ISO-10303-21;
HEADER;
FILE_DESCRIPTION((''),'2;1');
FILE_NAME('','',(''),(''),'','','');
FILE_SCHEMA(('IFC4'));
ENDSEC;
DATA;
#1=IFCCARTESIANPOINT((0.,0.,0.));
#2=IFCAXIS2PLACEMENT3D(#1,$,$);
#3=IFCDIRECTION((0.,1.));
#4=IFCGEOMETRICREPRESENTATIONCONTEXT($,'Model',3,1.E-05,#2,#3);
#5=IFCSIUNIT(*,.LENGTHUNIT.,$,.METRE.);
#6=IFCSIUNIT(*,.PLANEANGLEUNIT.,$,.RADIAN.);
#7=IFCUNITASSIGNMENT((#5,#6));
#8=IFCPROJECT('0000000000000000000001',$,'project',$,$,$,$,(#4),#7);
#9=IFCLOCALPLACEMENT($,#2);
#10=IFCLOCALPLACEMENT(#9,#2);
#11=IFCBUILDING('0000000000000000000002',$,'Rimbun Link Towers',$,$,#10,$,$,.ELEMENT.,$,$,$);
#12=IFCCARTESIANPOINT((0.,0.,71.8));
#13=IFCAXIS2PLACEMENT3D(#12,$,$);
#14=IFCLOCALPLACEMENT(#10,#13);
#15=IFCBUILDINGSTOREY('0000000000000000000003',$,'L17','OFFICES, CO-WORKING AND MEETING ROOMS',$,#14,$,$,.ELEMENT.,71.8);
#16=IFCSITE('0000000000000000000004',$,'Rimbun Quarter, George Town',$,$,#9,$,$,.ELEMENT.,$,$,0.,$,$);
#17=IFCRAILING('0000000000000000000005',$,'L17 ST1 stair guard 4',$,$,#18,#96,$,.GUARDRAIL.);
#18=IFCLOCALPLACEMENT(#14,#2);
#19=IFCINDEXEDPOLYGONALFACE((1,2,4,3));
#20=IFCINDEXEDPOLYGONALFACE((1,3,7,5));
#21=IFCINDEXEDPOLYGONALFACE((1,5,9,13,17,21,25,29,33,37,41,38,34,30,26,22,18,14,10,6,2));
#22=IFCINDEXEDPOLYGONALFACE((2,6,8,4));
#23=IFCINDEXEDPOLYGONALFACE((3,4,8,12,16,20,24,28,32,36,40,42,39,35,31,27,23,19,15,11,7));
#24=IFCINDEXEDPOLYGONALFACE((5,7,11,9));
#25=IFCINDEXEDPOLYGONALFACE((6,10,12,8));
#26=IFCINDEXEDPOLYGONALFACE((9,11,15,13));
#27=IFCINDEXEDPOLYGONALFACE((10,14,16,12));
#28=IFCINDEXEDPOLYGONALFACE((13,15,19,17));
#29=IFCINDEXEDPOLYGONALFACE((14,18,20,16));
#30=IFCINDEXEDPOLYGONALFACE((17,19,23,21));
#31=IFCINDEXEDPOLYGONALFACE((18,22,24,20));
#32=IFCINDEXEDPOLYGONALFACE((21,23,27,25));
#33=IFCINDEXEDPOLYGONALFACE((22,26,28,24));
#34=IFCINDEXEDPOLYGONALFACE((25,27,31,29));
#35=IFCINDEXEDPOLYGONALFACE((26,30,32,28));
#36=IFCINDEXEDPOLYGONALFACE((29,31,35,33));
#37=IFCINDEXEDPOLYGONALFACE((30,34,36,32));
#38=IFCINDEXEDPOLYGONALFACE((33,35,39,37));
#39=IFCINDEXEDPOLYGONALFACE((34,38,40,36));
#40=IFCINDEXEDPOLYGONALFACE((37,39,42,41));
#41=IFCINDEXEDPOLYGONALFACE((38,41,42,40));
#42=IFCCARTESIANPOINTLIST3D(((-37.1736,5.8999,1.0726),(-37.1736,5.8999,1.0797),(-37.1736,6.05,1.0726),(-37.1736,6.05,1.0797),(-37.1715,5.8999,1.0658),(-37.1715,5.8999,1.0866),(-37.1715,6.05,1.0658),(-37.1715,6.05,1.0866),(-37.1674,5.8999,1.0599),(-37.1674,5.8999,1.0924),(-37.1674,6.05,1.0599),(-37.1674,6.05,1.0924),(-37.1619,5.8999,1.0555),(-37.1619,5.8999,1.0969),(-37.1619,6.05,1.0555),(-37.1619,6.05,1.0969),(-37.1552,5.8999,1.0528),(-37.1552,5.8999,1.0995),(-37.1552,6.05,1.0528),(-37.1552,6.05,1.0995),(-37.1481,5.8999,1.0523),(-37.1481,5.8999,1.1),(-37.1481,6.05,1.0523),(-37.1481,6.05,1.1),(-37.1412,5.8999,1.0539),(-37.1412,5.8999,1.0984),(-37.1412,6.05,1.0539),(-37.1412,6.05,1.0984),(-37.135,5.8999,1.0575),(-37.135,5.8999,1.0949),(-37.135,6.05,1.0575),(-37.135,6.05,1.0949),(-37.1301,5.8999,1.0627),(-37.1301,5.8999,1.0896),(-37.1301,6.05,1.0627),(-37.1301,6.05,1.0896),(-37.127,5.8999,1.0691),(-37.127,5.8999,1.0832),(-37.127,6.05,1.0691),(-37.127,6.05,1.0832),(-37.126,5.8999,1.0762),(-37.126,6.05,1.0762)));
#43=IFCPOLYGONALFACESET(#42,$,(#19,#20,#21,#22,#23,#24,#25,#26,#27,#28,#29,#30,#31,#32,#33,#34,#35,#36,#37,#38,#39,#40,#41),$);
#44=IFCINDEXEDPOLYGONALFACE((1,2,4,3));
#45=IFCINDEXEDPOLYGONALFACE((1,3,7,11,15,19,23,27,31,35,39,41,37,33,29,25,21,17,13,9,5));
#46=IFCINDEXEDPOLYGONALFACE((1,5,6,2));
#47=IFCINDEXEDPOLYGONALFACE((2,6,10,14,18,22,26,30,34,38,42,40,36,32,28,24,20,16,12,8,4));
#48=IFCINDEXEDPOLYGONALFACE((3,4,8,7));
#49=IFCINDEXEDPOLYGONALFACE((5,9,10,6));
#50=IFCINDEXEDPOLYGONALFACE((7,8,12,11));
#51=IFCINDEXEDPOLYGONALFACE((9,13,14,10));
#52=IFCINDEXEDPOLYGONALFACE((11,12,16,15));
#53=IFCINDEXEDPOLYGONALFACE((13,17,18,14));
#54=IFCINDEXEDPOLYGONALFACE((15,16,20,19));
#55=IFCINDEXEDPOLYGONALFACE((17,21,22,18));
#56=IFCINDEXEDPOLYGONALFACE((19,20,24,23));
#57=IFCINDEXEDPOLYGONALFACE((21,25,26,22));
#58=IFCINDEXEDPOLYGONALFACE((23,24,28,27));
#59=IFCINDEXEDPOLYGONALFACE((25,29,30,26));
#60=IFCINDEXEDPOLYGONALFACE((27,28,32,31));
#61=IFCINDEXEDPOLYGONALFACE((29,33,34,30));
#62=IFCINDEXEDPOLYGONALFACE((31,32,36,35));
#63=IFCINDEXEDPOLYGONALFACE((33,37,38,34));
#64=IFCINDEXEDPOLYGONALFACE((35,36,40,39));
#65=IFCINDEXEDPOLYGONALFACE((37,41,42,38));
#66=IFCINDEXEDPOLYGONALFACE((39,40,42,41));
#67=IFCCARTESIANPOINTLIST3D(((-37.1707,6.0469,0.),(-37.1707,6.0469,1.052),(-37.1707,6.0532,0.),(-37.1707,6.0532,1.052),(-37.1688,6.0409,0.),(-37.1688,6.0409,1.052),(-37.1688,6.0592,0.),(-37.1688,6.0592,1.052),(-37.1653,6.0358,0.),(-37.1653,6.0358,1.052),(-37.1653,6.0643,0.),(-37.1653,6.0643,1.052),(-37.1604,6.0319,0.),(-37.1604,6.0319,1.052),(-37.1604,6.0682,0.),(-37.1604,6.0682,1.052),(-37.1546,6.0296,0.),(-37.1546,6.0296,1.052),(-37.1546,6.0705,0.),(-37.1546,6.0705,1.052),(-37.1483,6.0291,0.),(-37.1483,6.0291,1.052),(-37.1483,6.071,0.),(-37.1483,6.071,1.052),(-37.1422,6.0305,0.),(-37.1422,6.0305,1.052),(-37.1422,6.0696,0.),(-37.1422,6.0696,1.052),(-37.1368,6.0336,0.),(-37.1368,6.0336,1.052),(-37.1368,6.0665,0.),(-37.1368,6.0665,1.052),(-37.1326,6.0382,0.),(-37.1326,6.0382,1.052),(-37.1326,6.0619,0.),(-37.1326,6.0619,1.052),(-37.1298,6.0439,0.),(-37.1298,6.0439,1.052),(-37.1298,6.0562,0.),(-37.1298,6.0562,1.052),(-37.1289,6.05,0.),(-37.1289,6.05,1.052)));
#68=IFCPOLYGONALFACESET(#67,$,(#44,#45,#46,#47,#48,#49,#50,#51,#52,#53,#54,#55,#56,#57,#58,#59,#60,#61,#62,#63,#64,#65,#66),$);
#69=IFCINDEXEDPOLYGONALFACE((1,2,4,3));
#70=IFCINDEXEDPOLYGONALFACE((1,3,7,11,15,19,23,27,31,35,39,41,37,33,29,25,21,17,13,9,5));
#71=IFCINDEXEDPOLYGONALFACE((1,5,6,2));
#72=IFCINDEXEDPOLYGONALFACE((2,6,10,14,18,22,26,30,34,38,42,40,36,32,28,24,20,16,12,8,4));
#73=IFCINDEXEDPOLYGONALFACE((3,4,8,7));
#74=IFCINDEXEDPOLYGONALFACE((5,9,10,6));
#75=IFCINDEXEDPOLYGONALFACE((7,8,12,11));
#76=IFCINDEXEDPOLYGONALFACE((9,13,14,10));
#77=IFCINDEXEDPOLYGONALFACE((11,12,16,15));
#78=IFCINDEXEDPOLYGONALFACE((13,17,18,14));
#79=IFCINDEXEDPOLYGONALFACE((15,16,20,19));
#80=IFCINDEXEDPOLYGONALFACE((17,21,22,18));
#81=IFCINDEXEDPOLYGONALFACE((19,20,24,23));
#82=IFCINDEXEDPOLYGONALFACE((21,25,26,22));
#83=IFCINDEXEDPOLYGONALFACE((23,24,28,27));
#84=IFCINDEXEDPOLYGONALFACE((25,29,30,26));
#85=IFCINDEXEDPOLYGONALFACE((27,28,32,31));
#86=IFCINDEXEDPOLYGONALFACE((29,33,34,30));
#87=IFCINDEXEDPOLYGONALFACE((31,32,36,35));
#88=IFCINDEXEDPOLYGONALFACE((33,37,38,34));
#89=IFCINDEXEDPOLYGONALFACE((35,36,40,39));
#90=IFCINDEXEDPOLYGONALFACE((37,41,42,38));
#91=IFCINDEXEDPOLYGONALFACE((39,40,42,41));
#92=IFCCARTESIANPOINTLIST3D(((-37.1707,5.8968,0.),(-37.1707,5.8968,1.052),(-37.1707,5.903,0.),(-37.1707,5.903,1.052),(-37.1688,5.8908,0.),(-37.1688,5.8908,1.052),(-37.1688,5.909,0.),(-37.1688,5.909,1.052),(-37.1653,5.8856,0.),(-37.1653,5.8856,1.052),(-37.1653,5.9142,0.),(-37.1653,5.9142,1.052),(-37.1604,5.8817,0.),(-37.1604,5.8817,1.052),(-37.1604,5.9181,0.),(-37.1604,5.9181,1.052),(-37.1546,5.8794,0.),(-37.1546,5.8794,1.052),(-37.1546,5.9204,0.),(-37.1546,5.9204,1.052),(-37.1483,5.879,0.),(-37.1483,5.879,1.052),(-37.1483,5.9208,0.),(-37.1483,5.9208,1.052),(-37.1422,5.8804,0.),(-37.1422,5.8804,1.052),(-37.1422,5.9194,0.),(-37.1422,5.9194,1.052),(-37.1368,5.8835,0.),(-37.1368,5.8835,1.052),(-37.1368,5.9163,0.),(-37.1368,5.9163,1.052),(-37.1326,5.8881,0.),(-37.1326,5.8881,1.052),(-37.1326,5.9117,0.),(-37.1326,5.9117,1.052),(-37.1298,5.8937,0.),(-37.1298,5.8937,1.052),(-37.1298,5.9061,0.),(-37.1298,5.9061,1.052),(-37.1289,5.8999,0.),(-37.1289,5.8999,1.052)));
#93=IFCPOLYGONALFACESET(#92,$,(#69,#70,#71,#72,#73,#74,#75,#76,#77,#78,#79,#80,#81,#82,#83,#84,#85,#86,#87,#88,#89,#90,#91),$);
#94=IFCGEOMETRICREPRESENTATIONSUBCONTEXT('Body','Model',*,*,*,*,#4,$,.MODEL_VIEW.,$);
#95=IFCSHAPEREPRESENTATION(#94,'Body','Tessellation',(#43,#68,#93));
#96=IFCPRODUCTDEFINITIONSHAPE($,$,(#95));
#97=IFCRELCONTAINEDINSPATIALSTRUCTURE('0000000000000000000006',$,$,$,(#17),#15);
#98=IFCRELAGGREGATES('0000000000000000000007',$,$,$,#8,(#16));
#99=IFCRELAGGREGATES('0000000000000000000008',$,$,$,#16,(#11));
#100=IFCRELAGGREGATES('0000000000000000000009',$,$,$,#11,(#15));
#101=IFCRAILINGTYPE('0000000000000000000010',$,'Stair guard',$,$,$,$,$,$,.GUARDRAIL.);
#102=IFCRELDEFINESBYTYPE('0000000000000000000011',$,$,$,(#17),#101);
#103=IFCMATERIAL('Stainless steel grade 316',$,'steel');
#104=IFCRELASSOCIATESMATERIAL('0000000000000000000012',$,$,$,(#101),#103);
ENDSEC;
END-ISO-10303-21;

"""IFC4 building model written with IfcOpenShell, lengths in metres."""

from ifc_helpers import new_model, si_unit, direction, frame, origin, origin_2d, place, context, subcontext, project, spatial, circle, extrude, material, type_object, element, save


model = new_model("IFC4")

# Units and contexts
model_context = context("Model", 3, precision=1e-05, world=origin(), true_north=direction((0.0, 1.0)))
body_context = subcontext(model_context, "Body", "Model", "MODEL_VIEW")
ifc_project = project(units=[si_unit("LENGTHUNIT", "METRE"), si_unit("PLANEANGLEUNIT", "RADIAN")], contexts=[model_context])

# Site, building, storey
site_placement = place(None, origin())
site = spatial("IfcSite", under=ifc_project, at=site_placement, Name="Rimbun Quarter, George Town", CompositionType="ELEMENT", RefElevation=0.0)
building_placement = place(site_placement, origin())
building = spatial("IfcBuilding", under=site, at=building_placement, Name="Rimbun Link Towers", CompositionType="ELEMENT")
storey_placement = place(building_placement, frame((0.0, 0.0, 71.8)))
storey = spatial("IfcBuildingStorey", under=building, at=storey_placement, Name="L17", Description="OFFICES, CO-WORKING AND MEETING ROOMS", CompositionType="ELEMENT", Elevation=71.8)

# Railing
ifc_material_1 = material(Name="Stainless steel grade 316", Category="steel")
railing_type_1 = type_object("IfcRailingType", Name="Stair guard", PredefinedType="GUARDRAIL", material=ifc_material_1)
railing_1_placement = place(storey_placement, frame((-37.1499, 6.05, 0.0)))
element("IfcRailing", 1, at=railing_1_placement, inside=storey, type_object=railing_type_1, Name="L17 ST1 stair guard 4", PredefinedType="GUARDRAIL", context=body_context, shape_type="SweptSolid", body=[
    extrude(circle(Radius=0.0239, at=origin_2d()), frame((0.0, 0.0, 1.0762), z_axis=(0.0, -1.0, 0.0), x_axis=(1.0, 0.0, 0.0)), (0.0, 0.0, 1.0), 0.1501),
    extrude(circle(Radius=0.021, at=origin_2d()), origin(), (0.0, 0.0, 1.0), 1.052),
    extrude(circle(Radius=0.021, at=origin_2d()), frame((0.0, -0.1501, 0.0)), (0.0, 0.0, 1.0), 1.052),
])

save(model, "model.ifc")
